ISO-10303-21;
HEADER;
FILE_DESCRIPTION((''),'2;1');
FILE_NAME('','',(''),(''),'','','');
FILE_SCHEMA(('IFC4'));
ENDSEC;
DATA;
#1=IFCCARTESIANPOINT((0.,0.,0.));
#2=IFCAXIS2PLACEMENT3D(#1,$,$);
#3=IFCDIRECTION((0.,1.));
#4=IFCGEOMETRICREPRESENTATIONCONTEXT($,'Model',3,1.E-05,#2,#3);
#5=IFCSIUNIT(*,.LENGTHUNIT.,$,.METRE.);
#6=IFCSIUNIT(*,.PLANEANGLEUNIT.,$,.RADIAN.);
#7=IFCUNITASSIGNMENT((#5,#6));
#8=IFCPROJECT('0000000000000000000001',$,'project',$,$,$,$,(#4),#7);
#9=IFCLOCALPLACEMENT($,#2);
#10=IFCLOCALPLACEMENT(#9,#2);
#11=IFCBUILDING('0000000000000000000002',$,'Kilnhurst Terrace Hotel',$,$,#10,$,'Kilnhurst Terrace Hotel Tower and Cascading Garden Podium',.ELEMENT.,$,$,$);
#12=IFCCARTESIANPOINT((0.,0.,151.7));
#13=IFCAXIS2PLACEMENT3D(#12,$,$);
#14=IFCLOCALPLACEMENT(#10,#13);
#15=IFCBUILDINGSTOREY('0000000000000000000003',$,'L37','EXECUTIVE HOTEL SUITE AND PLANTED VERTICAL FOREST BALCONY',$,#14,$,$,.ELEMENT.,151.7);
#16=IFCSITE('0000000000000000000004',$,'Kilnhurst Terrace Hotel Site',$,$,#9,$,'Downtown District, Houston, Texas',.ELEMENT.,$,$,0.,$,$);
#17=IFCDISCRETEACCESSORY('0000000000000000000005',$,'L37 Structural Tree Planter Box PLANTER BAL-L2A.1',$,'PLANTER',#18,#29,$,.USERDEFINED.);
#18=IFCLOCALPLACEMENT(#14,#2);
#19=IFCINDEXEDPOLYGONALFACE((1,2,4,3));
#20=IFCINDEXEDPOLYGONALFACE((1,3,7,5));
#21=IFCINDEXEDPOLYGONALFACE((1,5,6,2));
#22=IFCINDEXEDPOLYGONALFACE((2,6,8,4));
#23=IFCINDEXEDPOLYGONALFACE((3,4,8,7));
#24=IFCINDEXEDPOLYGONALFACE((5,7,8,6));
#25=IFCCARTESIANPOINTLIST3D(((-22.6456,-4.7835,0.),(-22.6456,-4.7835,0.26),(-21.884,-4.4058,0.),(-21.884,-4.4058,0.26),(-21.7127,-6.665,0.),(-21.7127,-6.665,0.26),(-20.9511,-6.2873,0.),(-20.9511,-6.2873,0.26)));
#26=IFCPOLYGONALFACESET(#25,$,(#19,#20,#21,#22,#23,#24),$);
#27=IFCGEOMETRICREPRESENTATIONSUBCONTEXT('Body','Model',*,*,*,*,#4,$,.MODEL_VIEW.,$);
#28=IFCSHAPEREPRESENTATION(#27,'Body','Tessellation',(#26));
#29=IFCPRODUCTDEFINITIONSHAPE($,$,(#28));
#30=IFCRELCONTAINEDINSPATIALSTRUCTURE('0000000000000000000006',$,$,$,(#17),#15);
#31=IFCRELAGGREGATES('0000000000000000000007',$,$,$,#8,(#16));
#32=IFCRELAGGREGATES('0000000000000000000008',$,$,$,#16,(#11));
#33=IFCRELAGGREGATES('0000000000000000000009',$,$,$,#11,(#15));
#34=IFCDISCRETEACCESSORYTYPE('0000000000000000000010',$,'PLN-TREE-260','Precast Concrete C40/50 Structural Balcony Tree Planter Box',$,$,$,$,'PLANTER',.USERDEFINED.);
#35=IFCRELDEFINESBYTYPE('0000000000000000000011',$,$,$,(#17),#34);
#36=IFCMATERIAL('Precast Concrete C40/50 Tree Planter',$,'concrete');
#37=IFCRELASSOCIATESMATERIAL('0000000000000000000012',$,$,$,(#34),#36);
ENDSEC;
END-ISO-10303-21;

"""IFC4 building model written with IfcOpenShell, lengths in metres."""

from ifc_helpers import new_model, si_unit, direction, frame, origin, origin_2d, place, context, subcontext, project, spatial, rectangle, extrude, material, type_object, element, save


model = new_model("IFC4")

# Units and contexts
model_context = context("Model", 3, precision=1e-05, world=origin(), true_north=direction((0.0, 1.0)))
body_context = subcontext(model_context, "Body", "Model", "MODEL_VIEW")
ifc_project = project(units=[si_unit("LENGTHUNIT", "METRE"), si_unit("PLANEANGLEUNIT", "RADIAN")], contexts=[model_context])

# Site, building, storey
site_placement = place(None, origin())
site = spatial("IfcSite", under=ifc_project, at=site_placement, Name="Kilnhurst Terrace Hotel Site", LongName="Downtown District, Houston, Texas", CompositionType="ELEMENT", RefElevation=0.0)
building_placement = place(site_placement, origin())
building = spatial("IfcBuilding", under=site, at=building_placement, Name="Kilnhurst Terrace Hotel", LongName="Kilnhurst Terrace Hotel Tower and Cascading Garden Podium", CompositionType="ELEMENT")
storey_placement = place(building_placement, frame((0.0, 0.0, 151.7)))
storey = spatial("IfcBuildingStorey", under=building, at=storey_placement, Name="L37", Description="EXECUTIVE HOTEL SUITE AND PLANTED VERTICAL FOREST BALCONY", CompositionType="ELEMENT", Elevation=151.7)

# Discrete accessory
ifc_material_1 = material(Name="Precast Concrete C40/50 Tree Planter", Category="concrete")
discrete_accessory_type = type_object("IfcDiscreteAccessoryType", Name="PLN-TREE-260", Description="Precast Concrete C40/50 Structural Balcony Tree Planter Box", ElementType="PLANTER", PredefinedType="USERDEFINED", material=ifc_material_1)
discrete_accessory_placement = place(storey_placement, frame((-21.7983, -5.5354, 0.0), z_axis=(0.0, 0.0, 1.0), x_axis=(0.444244, -0.895906, 0.0)))
element("IfcDiscreteAccessory", 1, at=discrete_accessory_placement, inside=storey, type_object=discrete_accessory_type, Name="L37 Structural Tree Planter Box PLANTER BAL-L2A.1", ObjectType="PLANTER", PredefinedType="USERDEFINED", context=body_context, shape_type="SweptSolid", body=[
    extrude(rectangle(XDim=2.1001, YDim=0.8501, at=origin_2d()), origin(), (0.0, 0.0, 1.0), 0.26),
])

save(model, "model.ifc")
